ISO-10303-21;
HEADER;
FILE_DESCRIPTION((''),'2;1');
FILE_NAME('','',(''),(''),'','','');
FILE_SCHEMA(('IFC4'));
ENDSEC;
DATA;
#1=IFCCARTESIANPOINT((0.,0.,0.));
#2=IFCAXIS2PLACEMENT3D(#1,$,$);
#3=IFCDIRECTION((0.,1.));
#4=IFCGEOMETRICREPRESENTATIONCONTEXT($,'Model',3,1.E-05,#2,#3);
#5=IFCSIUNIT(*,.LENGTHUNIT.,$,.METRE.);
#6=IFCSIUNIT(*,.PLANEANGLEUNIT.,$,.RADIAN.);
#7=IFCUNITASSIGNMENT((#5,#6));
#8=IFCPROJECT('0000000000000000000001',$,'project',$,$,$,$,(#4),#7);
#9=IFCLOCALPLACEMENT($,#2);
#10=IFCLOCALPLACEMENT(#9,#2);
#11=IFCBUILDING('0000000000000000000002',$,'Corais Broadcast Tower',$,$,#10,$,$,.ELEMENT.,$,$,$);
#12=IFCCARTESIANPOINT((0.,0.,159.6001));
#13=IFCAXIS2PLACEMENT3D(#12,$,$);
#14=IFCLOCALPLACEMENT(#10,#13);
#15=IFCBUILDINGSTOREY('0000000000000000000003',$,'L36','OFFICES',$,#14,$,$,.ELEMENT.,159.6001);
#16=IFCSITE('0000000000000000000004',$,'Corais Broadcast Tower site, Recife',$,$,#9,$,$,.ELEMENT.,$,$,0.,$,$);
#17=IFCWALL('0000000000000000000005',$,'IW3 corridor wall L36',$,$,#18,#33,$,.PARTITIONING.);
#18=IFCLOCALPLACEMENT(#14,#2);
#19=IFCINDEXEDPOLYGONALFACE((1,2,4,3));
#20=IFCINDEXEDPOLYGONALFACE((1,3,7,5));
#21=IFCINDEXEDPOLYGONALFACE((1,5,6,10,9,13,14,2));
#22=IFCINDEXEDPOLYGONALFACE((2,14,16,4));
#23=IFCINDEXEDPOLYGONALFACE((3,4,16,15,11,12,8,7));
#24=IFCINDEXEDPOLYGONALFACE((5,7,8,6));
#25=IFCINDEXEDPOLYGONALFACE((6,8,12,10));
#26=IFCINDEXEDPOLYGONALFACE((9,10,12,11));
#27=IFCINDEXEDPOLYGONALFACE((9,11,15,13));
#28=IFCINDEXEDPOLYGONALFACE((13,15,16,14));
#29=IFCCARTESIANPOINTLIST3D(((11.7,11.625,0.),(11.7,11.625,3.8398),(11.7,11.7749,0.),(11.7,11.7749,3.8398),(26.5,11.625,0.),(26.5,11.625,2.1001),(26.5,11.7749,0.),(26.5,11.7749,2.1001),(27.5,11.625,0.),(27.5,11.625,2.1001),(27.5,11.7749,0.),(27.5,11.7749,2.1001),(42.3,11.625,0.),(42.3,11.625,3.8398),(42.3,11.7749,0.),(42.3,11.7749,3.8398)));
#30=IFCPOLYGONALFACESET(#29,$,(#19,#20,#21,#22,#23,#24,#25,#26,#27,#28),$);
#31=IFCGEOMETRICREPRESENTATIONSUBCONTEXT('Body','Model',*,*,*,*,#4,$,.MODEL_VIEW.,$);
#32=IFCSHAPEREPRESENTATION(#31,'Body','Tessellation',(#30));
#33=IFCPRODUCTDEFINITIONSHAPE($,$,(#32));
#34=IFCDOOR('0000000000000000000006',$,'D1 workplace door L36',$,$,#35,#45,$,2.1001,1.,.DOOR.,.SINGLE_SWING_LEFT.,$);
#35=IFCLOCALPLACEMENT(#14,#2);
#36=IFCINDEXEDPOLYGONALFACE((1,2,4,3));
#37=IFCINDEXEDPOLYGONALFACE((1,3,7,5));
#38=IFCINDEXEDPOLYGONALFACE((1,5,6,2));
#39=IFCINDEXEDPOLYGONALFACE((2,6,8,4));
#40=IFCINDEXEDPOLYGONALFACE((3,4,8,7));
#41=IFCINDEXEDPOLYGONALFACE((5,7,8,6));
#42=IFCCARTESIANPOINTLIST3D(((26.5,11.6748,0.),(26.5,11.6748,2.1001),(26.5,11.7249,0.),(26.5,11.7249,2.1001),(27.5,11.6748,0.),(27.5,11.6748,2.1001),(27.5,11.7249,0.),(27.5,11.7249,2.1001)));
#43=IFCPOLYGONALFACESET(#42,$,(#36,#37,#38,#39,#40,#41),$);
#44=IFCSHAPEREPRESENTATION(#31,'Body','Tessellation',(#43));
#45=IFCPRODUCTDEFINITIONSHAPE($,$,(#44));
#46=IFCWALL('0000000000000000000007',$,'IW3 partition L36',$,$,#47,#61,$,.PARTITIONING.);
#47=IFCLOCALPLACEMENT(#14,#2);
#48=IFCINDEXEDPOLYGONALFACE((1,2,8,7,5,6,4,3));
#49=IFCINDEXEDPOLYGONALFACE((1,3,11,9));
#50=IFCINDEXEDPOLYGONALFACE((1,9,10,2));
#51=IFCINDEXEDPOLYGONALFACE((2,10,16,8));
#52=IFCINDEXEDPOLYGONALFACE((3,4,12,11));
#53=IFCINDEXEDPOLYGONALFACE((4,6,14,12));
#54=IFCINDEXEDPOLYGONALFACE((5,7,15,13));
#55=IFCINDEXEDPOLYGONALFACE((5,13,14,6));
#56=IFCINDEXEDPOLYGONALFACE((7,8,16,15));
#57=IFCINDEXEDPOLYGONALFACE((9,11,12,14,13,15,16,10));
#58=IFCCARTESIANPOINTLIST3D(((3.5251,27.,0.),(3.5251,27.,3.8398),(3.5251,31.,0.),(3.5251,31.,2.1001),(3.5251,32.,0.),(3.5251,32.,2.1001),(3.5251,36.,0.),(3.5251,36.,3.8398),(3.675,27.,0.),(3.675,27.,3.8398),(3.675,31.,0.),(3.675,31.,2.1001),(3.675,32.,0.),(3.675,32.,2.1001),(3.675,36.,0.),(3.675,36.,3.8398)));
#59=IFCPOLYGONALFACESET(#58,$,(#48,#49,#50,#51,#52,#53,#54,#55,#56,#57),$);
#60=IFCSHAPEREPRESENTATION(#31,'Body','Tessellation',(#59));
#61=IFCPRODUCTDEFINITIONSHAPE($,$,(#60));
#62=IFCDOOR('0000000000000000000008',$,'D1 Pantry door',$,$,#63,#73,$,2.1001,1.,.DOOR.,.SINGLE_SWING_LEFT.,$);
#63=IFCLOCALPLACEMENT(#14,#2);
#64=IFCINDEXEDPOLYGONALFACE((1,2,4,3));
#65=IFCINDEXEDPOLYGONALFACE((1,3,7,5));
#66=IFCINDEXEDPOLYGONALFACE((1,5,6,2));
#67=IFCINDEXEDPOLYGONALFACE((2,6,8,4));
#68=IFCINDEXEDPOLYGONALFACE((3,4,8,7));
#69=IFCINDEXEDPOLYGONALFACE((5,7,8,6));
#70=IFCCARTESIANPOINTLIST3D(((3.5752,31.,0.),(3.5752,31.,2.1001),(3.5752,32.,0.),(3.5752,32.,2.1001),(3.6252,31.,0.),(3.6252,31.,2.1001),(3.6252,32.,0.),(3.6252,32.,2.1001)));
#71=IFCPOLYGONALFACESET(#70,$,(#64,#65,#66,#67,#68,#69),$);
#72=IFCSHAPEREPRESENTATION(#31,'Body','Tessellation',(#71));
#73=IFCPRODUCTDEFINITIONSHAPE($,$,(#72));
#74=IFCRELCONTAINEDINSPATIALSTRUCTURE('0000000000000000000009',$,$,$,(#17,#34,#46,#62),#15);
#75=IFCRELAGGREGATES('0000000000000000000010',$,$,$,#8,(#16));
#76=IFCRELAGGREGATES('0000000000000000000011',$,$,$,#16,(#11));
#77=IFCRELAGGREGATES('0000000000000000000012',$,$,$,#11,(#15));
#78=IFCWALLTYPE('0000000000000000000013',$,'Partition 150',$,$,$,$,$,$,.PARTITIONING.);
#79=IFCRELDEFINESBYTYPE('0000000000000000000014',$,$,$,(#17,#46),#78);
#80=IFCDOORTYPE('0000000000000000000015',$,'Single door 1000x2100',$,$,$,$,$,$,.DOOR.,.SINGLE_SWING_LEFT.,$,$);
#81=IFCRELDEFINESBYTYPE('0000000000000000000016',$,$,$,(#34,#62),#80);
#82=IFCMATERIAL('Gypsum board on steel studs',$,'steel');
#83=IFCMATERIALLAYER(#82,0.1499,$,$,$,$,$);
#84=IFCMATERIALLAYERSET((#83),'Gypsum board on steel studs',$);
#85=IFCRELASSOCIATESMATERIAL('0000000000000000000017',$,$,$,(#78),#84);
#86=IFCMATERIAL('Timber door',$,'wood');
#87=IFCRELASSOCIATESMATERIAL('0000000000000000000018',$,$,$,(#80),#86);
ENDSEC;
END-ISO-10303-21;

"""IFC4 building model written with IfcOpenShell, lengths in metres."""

from ifc_helpers import new_model, si_unit, direction, frame, frame_2d, origin, place, context, subcontext, project, spatial, rectangle, extrude, material, layer, layer_set, type_object, element, fill, save


model = new_model("IFC4")

# Units and contexts
model_context = context("Model", 3, precision=1e-05, world=origin(), true_north=direction((0.0, 1.0)))
body_context = subcontext(model_context, "Body", "Model", "MODEL_VIEW")
ifc_project = project(units=[si_unit("LENGTHUNIT", "METRE"), si_unit("PLANEANGLEUNIT", "RADIAN")], contexts=[model_context])

# Site, building, storey
site_placement = place(None, origin())
site = spatial("IfcSite", under=ifc_project, at=site_placement, Name="Corais Broadcast Tower site, Recife", CompositionType="ELEMENT", RefElevation=0.0)
building_placement = place(site_placement, origin())
building = spatial("IfcBuilding", under=site, at=building_placement, Name="Corais Broadcast Tower", CompositionType="ELEMENT")
storey_placement = place(building_placement, frame((0.0, 0.0, 159.6001)))
storey = spatial("IfcBuildingStorey", under=building, at=storey_placement, Name="L36", Description="OFFICES", CompositionType="ELEMENT", Elevation=159.6001)

# Walls, openings, doors
ifc_material_1 = material(Name="Gypsum board on steel studs", Category="steel")
ifc_layer_1 = layer(ifc_material_1, 0.1499)
ifc_layer_set_1 = layer_set([ifc_layer_1], Name="Gypsum board on steel studs")
wall_type_1 = type_object("IfcWallType", Name="Partition 150", PredefinedType="PARTITIONING", material=ifc_layer_set_1)
wall_1_placement = place(storey_placement, frame((11.7, 11.7, 0.0), z_axis=(0.0, 0.0, 1.0), x_axis=(1.0, 0.0, 0.0)))
wall_1 = element("IfcWall", 1, at=wall_1_placement, inside=storey, type_object=wall_type_1, Name="IW3 corridor wall L36", PredefinedType="PARTITIONING", context=body_context, shape_type="SweptSolid", body=[
    extrude(rectangle(XDim=30.6001, YDim=0.1499, at=frame_2d((15.3, 0.0))), origin(), (0.0, 0.0, 1.0), 3.8398),
])
opening_1_placement = place(wall_1_placement, frame((14.8, 0.0, 0.0)))
opening_1 = element("IfcOpeningElement", 2, at=opening_1_placement, cuts=wall_1, PredefinedType="OPENING", context=body_context, shape_type="SweptSolid", body=[
    extrude(rectangle(XDim=1.0, YDim=2.1001, at=frame_2d((0.5, 1.05))), frame((0.0, 0.085, 0.0), z_axis=(0.0, -1.0, 0.0), x_axis=(1.0, 0.0, 0.0)), (0.0, 0.0, 1.0), 0.1699),
])
ifc_material_2 = material(Name="Timber door", Category="wood")
door_type = type_object("IfcDoorType", Name="Single door 1000x2100", OperationType="SINGLE_SWING_LEFT", PredefinedType="DOOR", material=ifc_material_2)
door_1_placement = place(opening_1_placement, origin())
door_1 = element("IfcDoor", 3, at=door_1_placement, inside=storey, type_object=door_type, Name="D1 workplace door L36", OperationType="SINGLE_SWING_LEFT", OverallHeight=2.1001, OverallWidth=1.0, PredefinedType="DOOR", context=body_context, shape_type="SweptSolid", body=[
    extrude(rectangle(XDim=1.0, YDim=2.1001, at=frame_2d((0.5, 1.05))), frame((0.0, 0.0249, 0.0), z_axis=(0.0, -1.0, 0.0), x_axis=(1.0, 0.0, 0.0)), (0.0, 0.0, 1.0), 0.05),
])
fill(opening_1, door_1)
wall_2_placement = place(storey_placement, frame((3.6001, 27.0, 0.0), z_axis=(0.0, 0.0, 1.0), x_axis=(0.0, 1.0, 0.0)))
wall_2 = element("IfcWall", 4, at=wall_2_placement, inside=storey, type_object=wall_type_1, Name="IW3 partition L36", PredefinedType="PARTITIONING", context=body_context, shape_type="SweptSolid", body=[
    extrude(rectangle(XDim=9.0, YDim=0.1499, at=frame_2d((4.5, 0.0))), origin(), (0.0, 0.0, 1.0), 3.8398),
])
opening_2_placement = place(wall_2_placement, frame((4.0, 0.0, 0.0)))
opening_2 = element("IfcOpeningElement", 5, at=opening_2_placement, cuts=wall_2, PredefinedType="OPENING", context=body_context, shape_type="SweptSolid", body=[
    extrude(rectangle(XDim=1.0, YDim=2.1001, at=frame_2d((0.5, 1.05))), frame((0.0, 0.085, 0.0), z_axis=(0.0, -1.0, 0.0), x_axis=(1.0, 0.0, 0.0)), (0.0, 0.0, 1.0), 0.1699),
])
door_2_placement = place(opening_2_placement, origin())
door_2 = element("IfcDoor", 6, at=door_2_placement, inside=storey, type_object=door_type, Name="D1 Pantry door", OperationType="SINGLE_SWING_LEFT", OverallHeight=2.1001, OverallWidth=1.0, PredefinedType="DOOR", context=body_context, shape_type="SweptSolid", body=[
    extrude(rectangle(XDim=1.0, YDim=2.1001, at=frame_2d((0.5, 1.05))), frame((0.0, 0.0249, 0.0), z_axis=(0.0, -1.0, 0.0), x_axis=(1.0, 0.0, 0.0)), (0.0, 0.0, 1.0), 0.05),
])
fill(opening_2, door_2)

save(model, "model.ifc")
